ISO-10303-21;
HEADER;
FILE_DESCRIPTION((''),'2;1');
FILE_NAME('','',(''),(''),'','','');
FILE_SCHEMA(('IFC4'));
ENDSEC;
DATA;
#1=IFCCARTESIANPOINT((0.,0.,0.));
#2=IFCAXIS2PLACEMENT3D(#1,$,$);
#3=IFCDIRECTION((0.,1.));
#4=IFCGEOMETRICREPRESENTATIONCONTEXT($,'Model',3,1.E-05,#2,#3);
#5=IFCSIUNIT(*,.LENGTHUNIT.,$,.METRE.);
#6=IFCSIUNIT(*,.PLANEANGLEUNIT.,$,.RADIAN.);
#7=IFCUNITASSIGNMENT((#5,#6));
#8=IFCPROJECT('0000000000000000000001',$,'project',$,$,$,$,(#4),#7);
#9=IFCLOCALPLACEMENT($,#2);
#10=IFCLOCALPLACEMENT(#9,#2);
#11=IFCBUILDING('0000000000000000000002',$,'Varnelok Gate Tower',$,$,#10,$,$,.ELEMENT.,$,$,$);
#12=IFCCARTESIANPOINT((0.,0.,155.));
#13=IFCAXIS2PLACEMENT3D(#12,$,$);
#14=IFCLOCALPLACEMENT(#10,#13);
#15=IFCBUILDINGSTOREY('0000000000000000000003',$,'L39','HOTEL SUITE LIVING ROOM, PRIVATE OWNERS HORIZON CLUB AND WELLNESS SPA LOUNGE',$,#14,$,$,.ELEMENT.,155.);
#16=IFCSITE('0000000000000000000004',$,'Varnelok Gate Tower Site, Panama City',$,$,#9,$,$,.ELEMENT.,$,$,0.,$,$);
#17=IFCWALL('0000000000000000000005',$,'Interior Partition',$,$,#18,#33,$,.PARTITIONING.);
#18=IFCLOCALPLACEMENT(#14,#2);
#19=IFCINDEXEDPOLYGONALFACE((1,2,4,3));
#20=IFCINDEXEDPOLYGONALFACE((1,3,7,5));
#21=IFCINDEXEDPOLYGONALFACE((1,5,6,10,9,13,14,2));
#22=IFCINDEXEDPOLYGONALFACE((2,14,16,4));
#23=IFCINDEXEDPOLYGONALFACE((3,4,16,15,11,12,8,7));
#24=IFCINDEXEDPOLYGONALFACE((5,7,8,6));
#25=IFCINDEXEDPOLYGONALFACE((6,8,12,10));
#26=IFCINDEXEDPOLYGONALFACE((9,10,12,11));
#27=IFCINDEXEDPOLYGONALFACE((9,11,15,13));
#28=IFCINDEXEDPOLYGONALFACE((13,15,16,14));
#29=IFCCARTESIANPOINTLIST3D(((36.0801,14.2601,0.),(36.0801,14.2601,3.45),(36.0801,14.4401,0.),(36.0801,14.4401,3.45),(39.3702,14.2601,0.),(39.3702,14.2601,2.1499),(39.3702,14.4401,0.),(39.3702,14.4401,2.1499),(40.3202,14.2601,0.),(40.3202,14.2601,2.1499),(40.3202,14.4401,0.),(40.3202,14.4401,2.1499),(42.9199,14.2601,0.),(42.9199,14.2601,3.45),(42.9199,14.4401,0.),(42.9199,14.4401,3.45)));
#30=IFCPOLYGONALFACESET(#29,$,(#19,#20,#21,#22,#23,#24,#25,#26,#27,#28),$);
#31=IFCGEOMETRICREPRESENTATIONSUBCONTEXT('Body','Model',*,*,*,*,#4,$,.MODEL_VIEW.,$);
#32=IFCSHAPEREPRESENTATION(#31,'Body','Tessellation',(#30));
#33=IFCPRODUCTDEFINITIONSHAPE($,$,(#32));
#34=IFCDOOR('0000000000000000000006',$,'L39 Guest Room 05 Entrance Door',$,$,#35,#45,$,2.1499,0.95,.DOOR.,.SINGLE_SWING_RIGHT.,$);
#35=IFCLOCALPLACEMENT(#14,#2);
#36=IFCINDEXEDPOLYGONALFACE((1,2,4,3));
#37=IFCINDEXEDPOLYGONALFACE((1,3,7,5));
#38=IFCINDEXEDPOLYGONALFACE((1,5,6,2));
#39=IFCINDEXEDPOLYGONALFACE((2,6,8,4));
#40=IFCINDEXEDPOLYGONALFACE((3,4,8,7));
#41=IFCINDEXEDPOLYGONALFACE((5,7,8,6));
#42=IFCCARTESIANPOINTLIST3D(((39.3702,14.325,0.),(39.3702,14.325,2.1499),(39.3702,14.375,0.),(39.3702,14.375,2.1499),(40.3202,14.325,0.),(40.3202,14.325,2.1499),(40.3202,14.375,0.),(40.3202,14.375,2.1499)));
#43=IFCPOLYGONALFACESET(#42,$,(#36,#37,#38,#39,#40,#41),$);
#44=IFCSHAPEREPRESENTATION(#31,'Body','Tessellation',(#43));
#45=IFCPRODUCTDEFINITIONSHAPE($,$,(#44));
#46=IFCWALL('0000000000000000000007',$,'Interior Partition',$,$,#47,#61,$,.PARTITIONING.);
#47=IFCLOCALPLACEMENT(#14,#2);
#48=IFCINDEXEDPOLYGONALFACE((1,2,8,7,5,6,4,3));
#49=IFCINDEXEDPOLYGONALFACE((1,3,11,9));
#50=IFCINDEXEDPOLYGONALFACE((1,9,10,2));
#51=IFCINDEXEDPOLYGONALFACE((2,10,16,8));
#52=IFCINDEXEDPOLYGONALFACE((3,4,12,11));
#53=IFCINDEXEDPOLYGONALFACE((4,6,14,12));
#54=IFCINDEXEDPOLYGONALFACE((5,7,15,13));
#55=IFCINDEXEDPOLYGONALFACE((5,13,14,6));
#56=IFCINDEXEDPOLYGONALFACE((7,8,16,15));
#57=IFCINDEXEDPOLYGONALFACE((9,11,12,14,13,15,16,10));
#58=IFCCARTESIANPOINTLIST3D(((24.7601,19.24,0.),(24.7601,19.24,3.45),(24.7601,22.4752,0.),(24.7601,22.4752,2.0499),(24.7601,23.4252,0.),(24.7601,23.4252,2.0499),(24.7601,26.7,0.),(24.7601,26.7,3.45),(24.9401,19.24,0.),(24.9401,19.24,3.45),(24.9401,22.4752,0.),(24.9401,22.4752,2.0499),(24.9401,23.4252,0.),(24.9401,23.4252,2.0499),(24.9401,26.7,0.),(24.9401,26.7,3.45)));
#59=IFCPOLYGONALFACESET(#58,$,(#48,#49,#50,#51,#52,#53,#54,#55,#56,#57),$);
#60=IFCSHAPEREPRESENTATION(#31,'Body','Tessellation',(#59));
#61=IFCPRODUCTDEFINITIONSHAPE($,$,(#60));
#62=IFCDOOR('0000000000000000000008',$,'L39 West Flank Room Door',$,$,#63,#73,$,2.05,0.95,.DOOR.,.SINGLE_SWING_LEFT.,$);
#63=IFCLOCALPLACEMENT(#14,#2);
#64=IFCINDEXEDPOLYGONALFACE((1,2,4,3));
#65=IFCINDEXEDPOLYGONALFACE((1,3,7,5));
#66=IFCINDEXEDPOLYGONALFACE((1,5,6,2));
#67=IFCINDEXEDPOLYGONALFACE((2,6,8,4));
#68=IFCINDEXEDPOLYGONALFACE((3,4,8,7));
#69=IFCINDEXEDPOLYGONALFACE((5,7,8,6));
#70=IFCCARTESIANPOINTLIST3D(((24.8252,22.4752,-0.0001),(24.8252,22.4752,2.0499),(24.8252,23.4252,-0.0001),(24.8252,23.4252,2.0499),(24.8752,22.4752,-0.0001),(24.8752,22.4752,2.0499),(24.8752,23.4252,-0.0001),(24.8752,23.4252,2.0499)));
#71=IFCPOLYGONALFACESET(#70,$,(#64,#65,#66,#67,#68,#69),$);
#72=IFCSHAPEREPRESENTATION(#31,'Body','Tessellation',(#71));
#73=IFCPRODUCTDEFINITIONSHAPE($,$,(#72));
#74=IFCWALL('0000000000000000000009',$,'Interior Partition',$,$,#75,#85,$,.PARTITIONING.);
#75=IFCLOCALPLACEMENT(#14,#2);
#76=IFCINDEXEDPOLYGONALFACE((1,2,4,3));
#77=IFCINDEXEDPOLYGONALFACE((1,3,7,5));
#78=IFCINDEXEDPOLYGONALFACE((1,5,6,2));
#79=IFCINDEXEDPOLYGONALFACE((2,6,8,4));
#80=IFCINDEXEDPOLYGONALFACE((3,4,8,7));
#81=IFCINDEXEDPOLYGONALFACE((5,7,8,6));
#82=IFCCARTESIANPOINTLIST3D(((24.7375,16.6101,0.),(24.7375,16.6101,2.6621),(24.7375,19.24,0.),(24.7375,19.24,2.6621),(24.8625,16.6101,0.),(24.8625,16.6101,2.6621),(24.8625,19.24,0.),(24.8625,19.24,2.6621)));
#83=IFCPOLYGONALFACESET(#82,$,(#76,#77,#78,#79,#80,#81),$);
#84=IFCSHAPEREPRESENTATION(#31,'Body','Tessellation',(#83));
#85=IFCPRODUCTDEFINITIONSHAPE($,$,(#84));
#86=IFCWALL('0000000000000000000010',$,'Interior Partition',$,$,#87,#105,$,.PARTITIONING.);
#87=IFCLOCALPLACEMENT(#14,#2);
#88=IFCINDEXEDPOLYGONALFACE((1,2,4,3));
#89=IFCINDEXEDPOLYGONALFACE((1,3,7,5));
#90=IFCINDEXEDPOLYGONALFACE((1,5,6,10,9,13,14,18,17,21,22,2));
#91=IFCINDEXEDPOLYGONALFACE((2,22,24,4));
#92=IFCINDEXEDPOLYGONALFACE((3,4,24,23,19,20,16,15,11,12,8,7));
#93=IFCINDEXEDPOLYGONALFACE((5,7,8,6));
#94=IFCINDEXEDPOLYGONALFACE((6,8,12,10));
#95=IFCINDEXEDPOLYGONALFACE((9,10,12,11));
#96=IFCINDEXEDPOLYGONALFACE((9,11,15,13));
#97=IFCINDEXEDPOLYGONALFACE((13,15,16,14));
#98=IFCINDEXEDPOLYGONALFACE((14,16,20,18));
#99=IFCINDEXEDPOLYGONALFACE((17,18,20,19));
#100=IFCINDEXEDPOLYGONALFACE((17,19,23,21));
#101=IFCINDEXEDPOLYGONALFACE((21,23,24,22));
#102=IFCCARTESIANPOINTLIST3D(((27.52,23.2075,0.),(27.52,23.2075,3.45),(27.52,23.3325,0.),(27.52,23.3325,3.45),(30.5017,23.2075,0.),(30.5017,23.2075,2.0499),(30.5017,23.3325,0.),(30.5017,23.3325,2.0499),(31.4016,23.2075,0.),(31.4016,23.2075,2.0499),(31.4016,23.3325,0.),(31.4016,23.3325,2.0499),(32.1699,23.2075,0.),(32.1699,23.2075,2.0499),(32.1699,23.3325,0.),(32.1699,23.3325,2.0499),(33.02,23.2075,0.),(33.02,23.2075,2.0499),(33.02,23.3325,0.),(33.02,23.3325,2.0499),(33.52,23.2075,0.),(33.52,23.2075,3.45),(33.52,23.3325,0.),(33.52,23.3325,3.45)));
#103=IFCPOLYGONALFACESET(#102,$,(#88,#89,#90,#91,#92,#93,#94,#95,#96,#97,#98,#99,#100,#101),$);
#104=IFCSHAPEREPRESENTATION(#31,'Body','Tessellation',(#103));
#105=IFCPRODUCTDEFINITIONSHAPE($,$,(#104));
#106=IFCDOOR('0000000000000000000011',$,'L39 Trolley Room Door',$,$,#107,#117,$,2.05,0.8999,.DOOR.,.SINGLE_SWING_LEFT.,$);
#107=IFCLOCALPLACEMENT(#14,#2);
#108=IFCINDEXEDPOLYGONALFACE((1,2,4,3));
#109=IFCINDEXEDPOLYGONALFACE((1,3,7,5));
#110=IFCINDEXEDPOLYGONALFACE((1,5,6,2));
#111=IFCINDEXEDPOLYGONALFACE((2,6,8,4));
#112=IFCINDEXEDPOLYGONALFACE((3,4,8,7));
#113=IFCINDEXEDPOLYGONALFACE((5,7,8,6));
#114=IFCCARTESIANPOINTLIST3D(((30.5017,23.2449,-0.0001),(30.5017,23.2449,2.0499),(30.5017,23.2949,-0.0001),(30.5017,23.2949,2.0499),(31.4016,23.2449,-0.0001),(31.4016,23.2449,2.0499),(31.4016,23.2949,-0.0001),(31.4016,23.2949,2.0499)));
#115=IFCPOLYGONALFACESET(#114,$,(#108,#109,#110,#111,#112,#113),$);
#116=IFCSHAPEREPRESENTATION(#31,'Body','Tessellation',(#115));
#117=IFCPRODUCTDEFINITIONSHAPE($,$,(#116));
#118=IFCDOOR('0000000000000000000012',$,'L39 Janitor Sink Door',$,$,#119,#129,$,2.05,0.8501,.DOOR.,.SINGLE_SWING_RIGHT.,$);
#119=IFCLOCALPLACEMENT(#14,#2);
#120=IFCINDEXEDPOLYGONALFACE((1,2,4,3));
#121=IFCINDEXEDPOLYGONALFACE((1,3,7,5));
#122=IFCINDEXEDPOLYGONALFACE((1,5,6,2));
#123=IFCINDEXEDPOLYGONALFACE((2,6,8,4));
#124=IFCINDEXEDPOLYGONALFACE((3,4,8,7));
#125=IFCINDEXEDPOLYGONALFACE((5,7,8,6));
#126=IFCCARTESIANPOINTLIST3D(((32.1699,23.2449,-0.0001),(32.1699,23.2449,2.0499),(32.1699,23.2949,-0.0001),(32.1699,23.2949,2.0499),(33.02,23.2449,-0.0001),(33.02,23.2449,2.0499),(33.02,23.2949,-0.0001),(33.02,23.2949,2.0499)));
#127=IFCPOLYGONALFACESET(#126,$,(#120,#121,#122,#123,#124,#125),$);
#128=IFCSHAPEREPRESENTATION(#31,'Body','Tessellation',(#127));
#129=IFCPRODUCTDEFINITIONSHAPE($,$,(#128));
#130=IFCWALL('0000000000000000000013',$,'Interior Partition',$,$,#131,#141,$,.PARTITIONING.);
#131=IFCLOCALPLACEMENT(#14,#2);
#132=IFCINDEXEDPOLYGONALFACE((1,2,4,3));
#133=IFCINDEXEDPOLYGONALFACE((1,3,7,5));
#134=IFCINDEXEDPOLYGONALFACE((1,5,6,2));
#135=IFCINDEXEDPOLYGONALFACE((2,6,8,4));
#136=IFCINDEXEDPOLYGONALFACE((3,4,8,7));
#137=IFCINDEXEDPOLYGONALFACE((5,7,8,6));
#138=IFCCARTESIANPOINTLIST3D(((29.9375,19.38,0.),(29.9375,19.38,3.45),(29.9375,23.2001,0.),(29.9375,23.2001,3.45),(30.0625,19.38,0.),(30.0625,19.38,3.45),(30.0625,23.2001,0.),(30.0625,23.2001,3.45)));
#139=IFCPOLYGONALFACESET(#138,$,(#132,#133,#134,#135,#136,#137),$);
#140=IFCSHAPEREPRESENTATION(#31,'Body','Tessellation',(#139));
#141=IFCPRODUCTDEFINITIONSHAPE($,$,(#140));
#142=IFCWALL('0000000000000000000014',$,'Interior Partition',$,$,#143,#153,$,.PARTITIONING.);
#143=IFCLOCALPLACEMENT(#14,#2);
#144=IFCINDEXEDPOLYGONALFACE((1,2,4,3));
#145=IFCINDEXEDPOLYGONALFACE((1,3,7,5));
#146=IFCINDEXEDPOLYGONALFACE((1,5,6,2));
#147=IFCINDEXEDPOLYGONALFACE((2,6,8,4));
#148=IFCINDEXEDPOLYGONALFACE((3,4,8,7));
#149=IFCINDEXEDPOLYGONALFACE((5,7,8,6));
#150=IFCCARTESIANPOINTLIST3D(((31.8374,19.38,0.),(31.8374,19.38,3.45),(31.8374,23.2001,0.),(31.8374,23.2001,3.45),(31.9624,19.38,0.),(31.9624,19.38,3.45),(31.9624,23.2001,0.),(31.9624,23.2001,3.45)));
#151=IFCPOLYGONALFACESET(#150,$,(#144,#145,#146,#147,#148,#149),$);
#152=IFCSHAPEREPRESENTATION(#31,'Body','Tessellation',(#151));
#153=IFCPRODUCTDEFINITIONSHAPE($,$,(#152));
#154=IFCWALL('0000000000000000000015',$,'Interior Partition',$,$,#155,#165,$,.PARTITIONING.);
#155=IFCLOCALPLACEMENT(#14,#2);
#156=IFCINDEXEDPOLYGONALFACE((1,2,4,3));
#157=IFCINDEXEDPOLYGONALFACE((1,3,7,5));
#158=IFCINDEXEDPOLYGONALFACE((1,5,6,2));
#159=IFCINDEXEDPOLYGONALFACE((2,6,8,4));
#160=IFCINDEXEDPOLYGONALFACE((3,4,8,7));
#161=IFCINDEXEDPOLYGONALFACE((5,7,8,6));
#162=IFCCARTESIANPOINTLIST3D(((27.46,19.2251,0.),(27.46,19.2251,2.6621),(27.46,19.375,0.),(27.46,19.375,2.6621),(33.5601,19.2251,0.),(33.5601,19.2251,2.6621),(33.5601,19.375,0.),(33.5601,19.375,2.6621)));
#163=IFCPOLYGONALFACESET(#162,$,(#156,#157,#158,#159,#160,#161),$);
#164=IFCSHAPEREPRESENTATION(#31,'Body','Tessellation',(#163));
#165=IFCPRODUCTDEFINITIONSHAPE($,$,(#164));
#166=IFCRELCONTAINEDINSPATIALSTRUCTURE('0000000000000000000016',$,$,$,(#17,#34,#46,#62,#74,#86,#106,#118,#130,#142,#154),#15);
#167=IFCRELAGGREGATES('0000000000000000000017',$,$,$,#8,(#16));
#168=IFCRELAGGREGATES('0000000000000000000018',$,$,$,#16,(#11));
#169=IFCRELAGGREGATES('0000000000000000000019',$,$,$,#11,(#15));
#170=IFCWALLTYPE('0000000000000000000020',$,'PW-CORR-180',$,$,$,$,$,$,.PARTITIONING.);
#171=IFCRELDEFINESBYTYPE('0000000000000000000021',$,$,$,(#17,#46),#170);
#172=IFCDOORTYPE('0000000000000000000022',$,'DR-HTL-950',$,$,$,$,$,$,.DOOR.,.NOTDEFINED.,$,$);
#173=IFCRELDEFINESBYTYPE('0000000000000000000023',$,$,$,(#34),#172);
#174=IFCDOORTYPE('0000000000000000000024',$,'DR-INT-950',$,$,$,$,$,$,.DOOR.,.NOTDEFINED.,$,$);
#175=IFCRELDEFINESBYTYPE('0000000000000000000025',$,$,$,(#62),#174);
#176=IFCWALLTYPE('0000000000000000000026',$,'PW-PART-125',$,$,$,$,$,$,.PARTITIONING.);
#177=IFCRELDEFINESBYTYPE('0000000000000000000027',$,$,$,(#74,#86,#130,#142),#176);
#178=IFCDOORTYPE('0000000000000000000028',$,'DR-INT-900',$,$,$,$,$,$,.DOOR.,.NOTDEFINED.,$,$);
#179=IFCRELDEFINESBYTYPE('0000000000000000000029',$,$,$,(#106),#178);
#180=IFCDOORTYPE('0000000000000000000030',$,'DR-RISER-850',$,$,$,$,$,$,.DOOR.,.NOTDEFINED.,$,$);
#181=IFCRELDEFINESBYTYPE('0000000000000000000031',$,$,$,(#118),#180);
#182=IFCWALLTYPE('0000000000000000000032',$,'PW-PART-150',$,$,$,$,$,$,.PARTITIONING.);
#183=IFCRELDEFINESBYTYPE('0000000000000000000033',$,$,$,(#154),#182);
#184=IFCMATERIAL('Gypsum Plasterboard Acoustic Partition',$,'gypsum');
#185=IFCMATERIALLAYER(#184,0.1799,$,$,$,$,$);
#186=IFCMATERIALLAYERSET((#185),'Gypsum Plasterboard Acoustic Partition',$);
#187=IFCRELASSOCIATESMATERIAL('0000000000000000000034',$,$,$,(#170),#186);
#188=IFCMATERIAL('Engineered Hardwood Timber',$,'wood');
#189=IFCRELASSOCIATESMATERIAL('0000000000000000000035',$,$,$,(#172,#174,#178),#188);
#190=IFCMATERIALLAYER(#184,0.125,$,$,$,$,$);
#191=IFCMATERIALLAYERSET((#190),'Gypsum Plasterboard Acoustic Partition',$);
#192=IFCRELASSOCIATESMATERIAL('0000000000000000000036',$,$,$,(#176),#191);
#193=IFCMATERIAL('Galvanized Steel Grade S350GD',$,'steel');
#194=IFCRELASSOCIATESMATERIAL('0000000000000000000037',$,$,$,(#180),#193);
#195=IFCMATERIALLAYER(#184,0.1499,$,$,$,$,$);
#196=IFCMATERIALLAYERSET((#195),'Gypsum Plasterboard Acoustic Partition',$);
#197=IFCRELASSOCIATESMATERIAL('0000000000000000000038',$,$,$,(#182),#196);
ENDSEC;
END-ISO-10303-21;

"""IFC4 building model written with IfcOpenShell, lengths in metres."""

from ifc_helpers import new_model, si_unit, direction, frame, frame_2d, origin, place, context, subcontext, project, spatial, rectangle, extrude, material, layer, layer_set, type_object, element, fill, save


model = new_model("IFC4")

# Units and contexts
model_context = context("Model", 3, precision=1e-05, world=origin(), true_north=direction((0.0, 1.0)))
body_context = subcontext(model_context, "Body", "Model", "MODEL_VIEW")
ifc_project = project(units=[si_unit("LENGTHUNIT", "METRE"), si_unit("PLANEANGLEUNIT", "RADIAN")], contexts=[model_context])

# Site, building, storey
site_placement = place(None, origin())
site = spatial("IfcSite", under=ifc_project, at=site_placement, Name="Varnelok Gate Tower Site, Panama City", CompositionType="ELEMENT", RefElevation=0.0)
building_placement = place(site_placement, origin())
building = spatial("IfcBuilding", under=site, at=building_placement, Name="Varnelok Gate Tower", CompositionType="ELEMENT")
storey_placement = place(building_placement, frame((0.0, 0.0, 155.0)))
storey = spatial("IfcBuildingStorey", under=building, at=storey_placement, Name="L39", Description="HOTEL SUITE LIVING ROOM, PRIVATE OWNERS HORIZON CLUB AND WELLNESS SPA LOUNGE", CompositionType="ELEMENT", Elevation=155.0)

# Walls, openings, doors
ifc_material_1 = material(Name="Gypsum Plasterboard Acoustic Partition", Category="gypsum")
ifc_layer_1 = layer(ifc_material_1, 0.1799)
ifc_layer_set_1 = layer_set([ifc_layer_1], Name="Gypsum Plasterboard Acoustic Partition")
wall_type_1 = type_object("IfcWallType", Name="PW-CORR-180", PredefinedType="PARTITIONING", material=ifc_layer_set_1)
ifc_material_2 = material(Name="Engineered Hardwood Timber", Category="wood")
door_type_1 = type_object("IfcDoorType", Name="DR-HTL-950", OperationType="NOTDEFINED", PredefinedType="DOOR", material=ifc_material_2)
wall_1_placement = place(storey_placement, frame((36.0801, 14.3501, 0.0), z_axis=(0.0, 0.0, 1.0), x_axis=(1.0, 0.0, 0.0)))
wall_1 = element("IfcWall", 1, at=wall_1_placement, inside=storey, type_object=wall_type_1, Name="Interior Partition", PredefinedType="PARTITIONING", context=body_context, shape_type="SweptSolid", body=[
    extrude(rectangle(XDim=6.8398, YDim=0.1799, at=frame_2d((3.4199, 0.0))), origin(), (0.0, 0.0, 1.0), 3.45),
])
opening_1_placement = place(wall_1_placement, frame((3.29, 0.0, 0.0)))
opening_1 = element("IfcOpeningElement", 2, at=opening_1_placement, cuts=wall_1, PredefinedType="OPENING", context=body_context, shape_type="SweptSolid", body=[
    extrude(rectangle(XDim=0.95, YDim=2.1499, at=frame_2d((0.4751, 1.075))), frame((0.0, 0.0999, 0.0), z_axis=(0.0, -1.0, 0.0), x_axis=(1.0, 0.0, 0.0)), (0.0, 0.0, 1.0), 0.2),
])
door_1_placement = place(opening_1_placement, origin())
door_1 = element("IfcDoor", 3, at=door_1_placement, inside=storey, type_object=door_type_1, Name="L39 Guest Room 05 Entrance Door", OperationType="SINGLE_SWING_RIGHT", OverallHeight=2.1499, OverallWidth=0.95, PredefinedType="DOOR", context=body_context, shape_type="SweptSolid", body=[
    extrude(rectangle(XDim=0.95, YDim=2.1499, at=frame_2d((0.4751, 1.075))), frame((0.0, 0.0249, 0.0), z_axis=(0.0, -1.0, 0.0), x_axis=(1.0, 0.0, 0.0)), (0.0, 0.0, 1.0), 0.05),
])
fill(opening_1, door_1)
wall_2_placement = place(storey_placement, frame((24.8501, 19.24, 0.0), z_axis=(0.0, 0.0, 1.0), x_axis=(0.0, 1.0, 0.0)))
wall_2 = element("IfcWall", 4, at=wall_2_placement, inside=storey, type_object=wall_type_1, Name="Interior Partition", PredefinedType="PARTITIONING", context=body_context, shape_type="SweptSolid", body=[
    extrude(rectangle(XDim=7.46, YDim=0.1799, at=frame_2d((3.73, 0.0))), origin(), (0.0, 0.0, 1.0), 3.45),
])
opening_2_placement = place(wall_2_placement, frame((3.2351, 0.0, 0.0)))
opening_2 = element("IfcOpeningElement", 5, at=opening_2_placement, cuts=wall_2, PredefinedType="OPENING", context=body_context, shape_type="SweptSolid", body=[
    extrude(rectangle(XDim=0.95, YDim=2.05, at=frame_2d((0.4751, 1.0249))), frame((0.0, 0.0999, 0.0), z_axis=(0.0, -1.0, 0.0), x_axis=(1.0, 0.0, 0.0)), (0.0, 0.0, 1.0), 0.2),
])
door_type_2 = type_object("IfcDoorType", Name="DR-INT-950", OperationType="NOTDEFINED", PredefinedType="DOOR", material=ifc_material_2)
door_2_placement = place(opening_2_placement, origin())
door_2 = element("IfcDoor", 6, at=door_2_placement, inside=storey, type_object=door_type_2, Name="L39 West Flank Room Door", OperationType="SINGLE_SWING_LEFT", OverallHeight=2.05, OverallWidth=0.95, PredefinedType="DOOR", context=body_context, shape_type="SweptSolid", body=[
    extrude(rectangle(XDim=0.95, YDim=2.05, at=frame_2d((0.4751, 1.0249))), frame((0.0, 0.0249, 0.0), z_axis=(0.0, -1.0, 0.0), x_axis=(1.0, 0.0, 0.0)), (0.0, 0.0, 1.0), 0.05),
])
fill(opening_2, door_2)

# Wall
ifc_layer_2 = layer(ifc_material_1, 0.125)
ifc_layer_set_2 = layer_set([ifc_layer_2], Name="Gypsum Plasterboard Acoustic Partition")
wall_type_2 = type_object("IfcWallType", Name="PW-PART-125", PredefinedType="PARTITIONING", material=ifc_layer_set_2)
wall_3_placement = place(storey_placement, frame((24.8, 16.6101, 0.0), z_axis=(0.0, 0.0, 1.0), x_axis=(0.0, 1.0, 0.0)))
element("IfcWall", 7, at=wall_3_placement, inside=storey, type_object=wall_type_2, Name="Interior Partition", PredefinedType="PARTITIONING", context=body_context, shape_type="SweptSolid", body=[
    extrude(rectangle(XDim=2.6299, YDim=0.125, at=frame_2d((1.3149, 0.0))), origin(), (0.0, 0.0, 1.0), 2.6621),
])

# Wall, openings, doors
wall_4_placement = place(storey_placement, frame((27.52, 23.27, 0.0), z_axis=(0.0, 0.0, 1.0), x_axis=(1.0, 0.0, 0.0)))
wall_4 = element("IfcWall", 8, at=wall_4_placement, inside=storey, type_object=wall_type_2, Name="Interior Partition", PredefinedType="PARTITIONING", context=body_context, shape_type="SweptSolid", body=[
    extrude(rectangle(XDim=6.0, YDim=0.125, at=frame_2d((3.0, 0.0))), origin(), (0.0, 0.0, 1.0), 3.45),
])
opening_3_placement = place(wall_4_placement, frame((2.9817, 0.0, 0.0)))
opening_3 = element("IfcOpeningElement", 9, at=opening_3_placement, cuts=wall_4, PredefinedType="OPENING", context=body_context, shape_type="SweptSolid", body=[
    extrude(rectangle(XDim=0.8999, YDim=2.05, at=frame_2d((0.45, 1.0249))), frame((0.0, 0.0725, 0.0), z_axis=(0.0, -1.0, 0.0), x_axis=(1.0, 0.0, 0.0)), (0.0, 0.0, 1.0), 0.145),
])
opening_4_placement = place(wall_4_placement, frame((4.6499, 0.0, 0.0)))
opening_4 = element("IfcOpeningElement", 10, at=opening_4_placement, cuts=wall_4, PredefinedType="OPENING", context=body_context, shape_type="SweptSolid", body=[
    extrude(rectangle(XDim=0.8501, YDim=2.05, at=frame_2d((0.425, 1.0249))), frame((0.0, 0.0725, 0.0), z_axis=(0.0, -1.0, 0.0), x_axis=(1.0, 0.0, 0.0)), (0.0, 0.0, 1.0), 0.145),
])
door_type_3 = type_object("IfcDoorType", Name="DR-INT-900", OperationType="NOTDEFINED", PredefinedType="DOOR", material=ifc_material_2)
door_3_placement = place(opening_3_placement, origin())
door_3 = element("IfcDoor", 11, at=door_3_placement, inside=storey, type_object=door_type_3, Name="L39 Trolley Room Door", OperationType="SINGLE_SWING_LEFT", OverallHeight=2.05, OverallWidth=0.8999, PredefinedType="DOOR", context=body_context, shape_type="SweptSolid", body=[
    extrude(rectangle(XDim=0.8999, YDim=2.05, at=frame_2d((0.45, 1.0249))), frame((0.0, 0.0249, 0.0), z_axis=(0.0, -1.0, 0.0), x_axis=(1.0, 0.0, 0.0)), (0.0, 0.0, 1.0), 0.05),
])
fill(opening_3, door_3)
ifc_material_3 = material(Name="Galvanized Steel Grade S350GD", Category="steel")
door_type_4 = type_object("IfcDoorType", Name="DR-RISER-850", OperationType="NOTDEFINED", PredefinedType="DOOR", material=ifc_material_3)
door_4_placement = place(opening_4_placement, origin())
door_4 = element("IfcDoor", 12, at=door_4_placement, inside=storey, type_object=door_type_4, Name="L39 Janitor Sink Door", OperationType="SINGLE_SWING_RIGHT", OverallHeight=2.05, OverallWidth=0.8501, PredefinedType="DOOR", context=body_context, shape_type="SweptSolid", body=[
    extrude(rectangle(XDim=0.8501, YDim=2.05, at=frame_2d((0.425, 1.0249))), frame((0.0, 0.0249, 0.0), z_axis=(0.0, -1.0, 0.0), x_axis=(1.0, 0.0, 0.0)), (0.0, 0.0, 1.0), 0.05),
])
fill(opening_4, door_4)

# Walls
for number, where, z_axis, x_axis, name in (
    (13, (30.0, 19.3799, 0.0), (0.0, 0.0, 1.0), (0.0, 1.0, 0.0), "Interior Partition"),
    (14, (31.8999, 19.3799, 0.0), (0.0, 0.0, 1.0), (0.0, 1.0, 0.0), "Interior Partition"),
):
    element("IfcWall", number, at=place(storey_placement, frame(where, z_axis=z_axis, x_axis=x_axis)), inside=storey, type_object=wall_type_2, Name=name, PredefinedType="PARTITIONING", context=body_context, shape_type="SweptSolid", body=[
        extrude(rectangle(XDim=3.8201, YDim=0.125, at=frame_2d((1.9102, 0.0))), origin(), (0.0, 0.0, 1.0), 3.45),
    ])
ifc_layer_3 = layer(ifc_material_1, 0.1499)
ifc_layer_set_3 = layer_set([ifc_layer_3], Name="Gypsum Plasterboard Acoustic Partition")
wall_type_3 = type_object("IfcWallType", Name="PW-PART-150", PredefinedType="PARTITIONING", material=ifc_layer_set_3)
wall_5_placement = place(storey_placement, frame((27.46, 19.3, 0.0), z_axis=(0.0, 0.0, 1.0), x_axis=(1.0, 0.0, 0.0)))
element("IfcWall", 15, at=wall_5_placement, inside=storey, type_object=wall_type_3, Name="Interior Partition", PredefinedType="PARTITIONING", context=body_context, shape_type="SweptSolid", body=[
    extrude(rectangle(XDim=6.1001, YDim=0.1499, at=frame_2d((3.05, 0.0))), origin(), (0.0, 0.0, 1.0), 2.6621),
])

save(model, "model.ifc")
